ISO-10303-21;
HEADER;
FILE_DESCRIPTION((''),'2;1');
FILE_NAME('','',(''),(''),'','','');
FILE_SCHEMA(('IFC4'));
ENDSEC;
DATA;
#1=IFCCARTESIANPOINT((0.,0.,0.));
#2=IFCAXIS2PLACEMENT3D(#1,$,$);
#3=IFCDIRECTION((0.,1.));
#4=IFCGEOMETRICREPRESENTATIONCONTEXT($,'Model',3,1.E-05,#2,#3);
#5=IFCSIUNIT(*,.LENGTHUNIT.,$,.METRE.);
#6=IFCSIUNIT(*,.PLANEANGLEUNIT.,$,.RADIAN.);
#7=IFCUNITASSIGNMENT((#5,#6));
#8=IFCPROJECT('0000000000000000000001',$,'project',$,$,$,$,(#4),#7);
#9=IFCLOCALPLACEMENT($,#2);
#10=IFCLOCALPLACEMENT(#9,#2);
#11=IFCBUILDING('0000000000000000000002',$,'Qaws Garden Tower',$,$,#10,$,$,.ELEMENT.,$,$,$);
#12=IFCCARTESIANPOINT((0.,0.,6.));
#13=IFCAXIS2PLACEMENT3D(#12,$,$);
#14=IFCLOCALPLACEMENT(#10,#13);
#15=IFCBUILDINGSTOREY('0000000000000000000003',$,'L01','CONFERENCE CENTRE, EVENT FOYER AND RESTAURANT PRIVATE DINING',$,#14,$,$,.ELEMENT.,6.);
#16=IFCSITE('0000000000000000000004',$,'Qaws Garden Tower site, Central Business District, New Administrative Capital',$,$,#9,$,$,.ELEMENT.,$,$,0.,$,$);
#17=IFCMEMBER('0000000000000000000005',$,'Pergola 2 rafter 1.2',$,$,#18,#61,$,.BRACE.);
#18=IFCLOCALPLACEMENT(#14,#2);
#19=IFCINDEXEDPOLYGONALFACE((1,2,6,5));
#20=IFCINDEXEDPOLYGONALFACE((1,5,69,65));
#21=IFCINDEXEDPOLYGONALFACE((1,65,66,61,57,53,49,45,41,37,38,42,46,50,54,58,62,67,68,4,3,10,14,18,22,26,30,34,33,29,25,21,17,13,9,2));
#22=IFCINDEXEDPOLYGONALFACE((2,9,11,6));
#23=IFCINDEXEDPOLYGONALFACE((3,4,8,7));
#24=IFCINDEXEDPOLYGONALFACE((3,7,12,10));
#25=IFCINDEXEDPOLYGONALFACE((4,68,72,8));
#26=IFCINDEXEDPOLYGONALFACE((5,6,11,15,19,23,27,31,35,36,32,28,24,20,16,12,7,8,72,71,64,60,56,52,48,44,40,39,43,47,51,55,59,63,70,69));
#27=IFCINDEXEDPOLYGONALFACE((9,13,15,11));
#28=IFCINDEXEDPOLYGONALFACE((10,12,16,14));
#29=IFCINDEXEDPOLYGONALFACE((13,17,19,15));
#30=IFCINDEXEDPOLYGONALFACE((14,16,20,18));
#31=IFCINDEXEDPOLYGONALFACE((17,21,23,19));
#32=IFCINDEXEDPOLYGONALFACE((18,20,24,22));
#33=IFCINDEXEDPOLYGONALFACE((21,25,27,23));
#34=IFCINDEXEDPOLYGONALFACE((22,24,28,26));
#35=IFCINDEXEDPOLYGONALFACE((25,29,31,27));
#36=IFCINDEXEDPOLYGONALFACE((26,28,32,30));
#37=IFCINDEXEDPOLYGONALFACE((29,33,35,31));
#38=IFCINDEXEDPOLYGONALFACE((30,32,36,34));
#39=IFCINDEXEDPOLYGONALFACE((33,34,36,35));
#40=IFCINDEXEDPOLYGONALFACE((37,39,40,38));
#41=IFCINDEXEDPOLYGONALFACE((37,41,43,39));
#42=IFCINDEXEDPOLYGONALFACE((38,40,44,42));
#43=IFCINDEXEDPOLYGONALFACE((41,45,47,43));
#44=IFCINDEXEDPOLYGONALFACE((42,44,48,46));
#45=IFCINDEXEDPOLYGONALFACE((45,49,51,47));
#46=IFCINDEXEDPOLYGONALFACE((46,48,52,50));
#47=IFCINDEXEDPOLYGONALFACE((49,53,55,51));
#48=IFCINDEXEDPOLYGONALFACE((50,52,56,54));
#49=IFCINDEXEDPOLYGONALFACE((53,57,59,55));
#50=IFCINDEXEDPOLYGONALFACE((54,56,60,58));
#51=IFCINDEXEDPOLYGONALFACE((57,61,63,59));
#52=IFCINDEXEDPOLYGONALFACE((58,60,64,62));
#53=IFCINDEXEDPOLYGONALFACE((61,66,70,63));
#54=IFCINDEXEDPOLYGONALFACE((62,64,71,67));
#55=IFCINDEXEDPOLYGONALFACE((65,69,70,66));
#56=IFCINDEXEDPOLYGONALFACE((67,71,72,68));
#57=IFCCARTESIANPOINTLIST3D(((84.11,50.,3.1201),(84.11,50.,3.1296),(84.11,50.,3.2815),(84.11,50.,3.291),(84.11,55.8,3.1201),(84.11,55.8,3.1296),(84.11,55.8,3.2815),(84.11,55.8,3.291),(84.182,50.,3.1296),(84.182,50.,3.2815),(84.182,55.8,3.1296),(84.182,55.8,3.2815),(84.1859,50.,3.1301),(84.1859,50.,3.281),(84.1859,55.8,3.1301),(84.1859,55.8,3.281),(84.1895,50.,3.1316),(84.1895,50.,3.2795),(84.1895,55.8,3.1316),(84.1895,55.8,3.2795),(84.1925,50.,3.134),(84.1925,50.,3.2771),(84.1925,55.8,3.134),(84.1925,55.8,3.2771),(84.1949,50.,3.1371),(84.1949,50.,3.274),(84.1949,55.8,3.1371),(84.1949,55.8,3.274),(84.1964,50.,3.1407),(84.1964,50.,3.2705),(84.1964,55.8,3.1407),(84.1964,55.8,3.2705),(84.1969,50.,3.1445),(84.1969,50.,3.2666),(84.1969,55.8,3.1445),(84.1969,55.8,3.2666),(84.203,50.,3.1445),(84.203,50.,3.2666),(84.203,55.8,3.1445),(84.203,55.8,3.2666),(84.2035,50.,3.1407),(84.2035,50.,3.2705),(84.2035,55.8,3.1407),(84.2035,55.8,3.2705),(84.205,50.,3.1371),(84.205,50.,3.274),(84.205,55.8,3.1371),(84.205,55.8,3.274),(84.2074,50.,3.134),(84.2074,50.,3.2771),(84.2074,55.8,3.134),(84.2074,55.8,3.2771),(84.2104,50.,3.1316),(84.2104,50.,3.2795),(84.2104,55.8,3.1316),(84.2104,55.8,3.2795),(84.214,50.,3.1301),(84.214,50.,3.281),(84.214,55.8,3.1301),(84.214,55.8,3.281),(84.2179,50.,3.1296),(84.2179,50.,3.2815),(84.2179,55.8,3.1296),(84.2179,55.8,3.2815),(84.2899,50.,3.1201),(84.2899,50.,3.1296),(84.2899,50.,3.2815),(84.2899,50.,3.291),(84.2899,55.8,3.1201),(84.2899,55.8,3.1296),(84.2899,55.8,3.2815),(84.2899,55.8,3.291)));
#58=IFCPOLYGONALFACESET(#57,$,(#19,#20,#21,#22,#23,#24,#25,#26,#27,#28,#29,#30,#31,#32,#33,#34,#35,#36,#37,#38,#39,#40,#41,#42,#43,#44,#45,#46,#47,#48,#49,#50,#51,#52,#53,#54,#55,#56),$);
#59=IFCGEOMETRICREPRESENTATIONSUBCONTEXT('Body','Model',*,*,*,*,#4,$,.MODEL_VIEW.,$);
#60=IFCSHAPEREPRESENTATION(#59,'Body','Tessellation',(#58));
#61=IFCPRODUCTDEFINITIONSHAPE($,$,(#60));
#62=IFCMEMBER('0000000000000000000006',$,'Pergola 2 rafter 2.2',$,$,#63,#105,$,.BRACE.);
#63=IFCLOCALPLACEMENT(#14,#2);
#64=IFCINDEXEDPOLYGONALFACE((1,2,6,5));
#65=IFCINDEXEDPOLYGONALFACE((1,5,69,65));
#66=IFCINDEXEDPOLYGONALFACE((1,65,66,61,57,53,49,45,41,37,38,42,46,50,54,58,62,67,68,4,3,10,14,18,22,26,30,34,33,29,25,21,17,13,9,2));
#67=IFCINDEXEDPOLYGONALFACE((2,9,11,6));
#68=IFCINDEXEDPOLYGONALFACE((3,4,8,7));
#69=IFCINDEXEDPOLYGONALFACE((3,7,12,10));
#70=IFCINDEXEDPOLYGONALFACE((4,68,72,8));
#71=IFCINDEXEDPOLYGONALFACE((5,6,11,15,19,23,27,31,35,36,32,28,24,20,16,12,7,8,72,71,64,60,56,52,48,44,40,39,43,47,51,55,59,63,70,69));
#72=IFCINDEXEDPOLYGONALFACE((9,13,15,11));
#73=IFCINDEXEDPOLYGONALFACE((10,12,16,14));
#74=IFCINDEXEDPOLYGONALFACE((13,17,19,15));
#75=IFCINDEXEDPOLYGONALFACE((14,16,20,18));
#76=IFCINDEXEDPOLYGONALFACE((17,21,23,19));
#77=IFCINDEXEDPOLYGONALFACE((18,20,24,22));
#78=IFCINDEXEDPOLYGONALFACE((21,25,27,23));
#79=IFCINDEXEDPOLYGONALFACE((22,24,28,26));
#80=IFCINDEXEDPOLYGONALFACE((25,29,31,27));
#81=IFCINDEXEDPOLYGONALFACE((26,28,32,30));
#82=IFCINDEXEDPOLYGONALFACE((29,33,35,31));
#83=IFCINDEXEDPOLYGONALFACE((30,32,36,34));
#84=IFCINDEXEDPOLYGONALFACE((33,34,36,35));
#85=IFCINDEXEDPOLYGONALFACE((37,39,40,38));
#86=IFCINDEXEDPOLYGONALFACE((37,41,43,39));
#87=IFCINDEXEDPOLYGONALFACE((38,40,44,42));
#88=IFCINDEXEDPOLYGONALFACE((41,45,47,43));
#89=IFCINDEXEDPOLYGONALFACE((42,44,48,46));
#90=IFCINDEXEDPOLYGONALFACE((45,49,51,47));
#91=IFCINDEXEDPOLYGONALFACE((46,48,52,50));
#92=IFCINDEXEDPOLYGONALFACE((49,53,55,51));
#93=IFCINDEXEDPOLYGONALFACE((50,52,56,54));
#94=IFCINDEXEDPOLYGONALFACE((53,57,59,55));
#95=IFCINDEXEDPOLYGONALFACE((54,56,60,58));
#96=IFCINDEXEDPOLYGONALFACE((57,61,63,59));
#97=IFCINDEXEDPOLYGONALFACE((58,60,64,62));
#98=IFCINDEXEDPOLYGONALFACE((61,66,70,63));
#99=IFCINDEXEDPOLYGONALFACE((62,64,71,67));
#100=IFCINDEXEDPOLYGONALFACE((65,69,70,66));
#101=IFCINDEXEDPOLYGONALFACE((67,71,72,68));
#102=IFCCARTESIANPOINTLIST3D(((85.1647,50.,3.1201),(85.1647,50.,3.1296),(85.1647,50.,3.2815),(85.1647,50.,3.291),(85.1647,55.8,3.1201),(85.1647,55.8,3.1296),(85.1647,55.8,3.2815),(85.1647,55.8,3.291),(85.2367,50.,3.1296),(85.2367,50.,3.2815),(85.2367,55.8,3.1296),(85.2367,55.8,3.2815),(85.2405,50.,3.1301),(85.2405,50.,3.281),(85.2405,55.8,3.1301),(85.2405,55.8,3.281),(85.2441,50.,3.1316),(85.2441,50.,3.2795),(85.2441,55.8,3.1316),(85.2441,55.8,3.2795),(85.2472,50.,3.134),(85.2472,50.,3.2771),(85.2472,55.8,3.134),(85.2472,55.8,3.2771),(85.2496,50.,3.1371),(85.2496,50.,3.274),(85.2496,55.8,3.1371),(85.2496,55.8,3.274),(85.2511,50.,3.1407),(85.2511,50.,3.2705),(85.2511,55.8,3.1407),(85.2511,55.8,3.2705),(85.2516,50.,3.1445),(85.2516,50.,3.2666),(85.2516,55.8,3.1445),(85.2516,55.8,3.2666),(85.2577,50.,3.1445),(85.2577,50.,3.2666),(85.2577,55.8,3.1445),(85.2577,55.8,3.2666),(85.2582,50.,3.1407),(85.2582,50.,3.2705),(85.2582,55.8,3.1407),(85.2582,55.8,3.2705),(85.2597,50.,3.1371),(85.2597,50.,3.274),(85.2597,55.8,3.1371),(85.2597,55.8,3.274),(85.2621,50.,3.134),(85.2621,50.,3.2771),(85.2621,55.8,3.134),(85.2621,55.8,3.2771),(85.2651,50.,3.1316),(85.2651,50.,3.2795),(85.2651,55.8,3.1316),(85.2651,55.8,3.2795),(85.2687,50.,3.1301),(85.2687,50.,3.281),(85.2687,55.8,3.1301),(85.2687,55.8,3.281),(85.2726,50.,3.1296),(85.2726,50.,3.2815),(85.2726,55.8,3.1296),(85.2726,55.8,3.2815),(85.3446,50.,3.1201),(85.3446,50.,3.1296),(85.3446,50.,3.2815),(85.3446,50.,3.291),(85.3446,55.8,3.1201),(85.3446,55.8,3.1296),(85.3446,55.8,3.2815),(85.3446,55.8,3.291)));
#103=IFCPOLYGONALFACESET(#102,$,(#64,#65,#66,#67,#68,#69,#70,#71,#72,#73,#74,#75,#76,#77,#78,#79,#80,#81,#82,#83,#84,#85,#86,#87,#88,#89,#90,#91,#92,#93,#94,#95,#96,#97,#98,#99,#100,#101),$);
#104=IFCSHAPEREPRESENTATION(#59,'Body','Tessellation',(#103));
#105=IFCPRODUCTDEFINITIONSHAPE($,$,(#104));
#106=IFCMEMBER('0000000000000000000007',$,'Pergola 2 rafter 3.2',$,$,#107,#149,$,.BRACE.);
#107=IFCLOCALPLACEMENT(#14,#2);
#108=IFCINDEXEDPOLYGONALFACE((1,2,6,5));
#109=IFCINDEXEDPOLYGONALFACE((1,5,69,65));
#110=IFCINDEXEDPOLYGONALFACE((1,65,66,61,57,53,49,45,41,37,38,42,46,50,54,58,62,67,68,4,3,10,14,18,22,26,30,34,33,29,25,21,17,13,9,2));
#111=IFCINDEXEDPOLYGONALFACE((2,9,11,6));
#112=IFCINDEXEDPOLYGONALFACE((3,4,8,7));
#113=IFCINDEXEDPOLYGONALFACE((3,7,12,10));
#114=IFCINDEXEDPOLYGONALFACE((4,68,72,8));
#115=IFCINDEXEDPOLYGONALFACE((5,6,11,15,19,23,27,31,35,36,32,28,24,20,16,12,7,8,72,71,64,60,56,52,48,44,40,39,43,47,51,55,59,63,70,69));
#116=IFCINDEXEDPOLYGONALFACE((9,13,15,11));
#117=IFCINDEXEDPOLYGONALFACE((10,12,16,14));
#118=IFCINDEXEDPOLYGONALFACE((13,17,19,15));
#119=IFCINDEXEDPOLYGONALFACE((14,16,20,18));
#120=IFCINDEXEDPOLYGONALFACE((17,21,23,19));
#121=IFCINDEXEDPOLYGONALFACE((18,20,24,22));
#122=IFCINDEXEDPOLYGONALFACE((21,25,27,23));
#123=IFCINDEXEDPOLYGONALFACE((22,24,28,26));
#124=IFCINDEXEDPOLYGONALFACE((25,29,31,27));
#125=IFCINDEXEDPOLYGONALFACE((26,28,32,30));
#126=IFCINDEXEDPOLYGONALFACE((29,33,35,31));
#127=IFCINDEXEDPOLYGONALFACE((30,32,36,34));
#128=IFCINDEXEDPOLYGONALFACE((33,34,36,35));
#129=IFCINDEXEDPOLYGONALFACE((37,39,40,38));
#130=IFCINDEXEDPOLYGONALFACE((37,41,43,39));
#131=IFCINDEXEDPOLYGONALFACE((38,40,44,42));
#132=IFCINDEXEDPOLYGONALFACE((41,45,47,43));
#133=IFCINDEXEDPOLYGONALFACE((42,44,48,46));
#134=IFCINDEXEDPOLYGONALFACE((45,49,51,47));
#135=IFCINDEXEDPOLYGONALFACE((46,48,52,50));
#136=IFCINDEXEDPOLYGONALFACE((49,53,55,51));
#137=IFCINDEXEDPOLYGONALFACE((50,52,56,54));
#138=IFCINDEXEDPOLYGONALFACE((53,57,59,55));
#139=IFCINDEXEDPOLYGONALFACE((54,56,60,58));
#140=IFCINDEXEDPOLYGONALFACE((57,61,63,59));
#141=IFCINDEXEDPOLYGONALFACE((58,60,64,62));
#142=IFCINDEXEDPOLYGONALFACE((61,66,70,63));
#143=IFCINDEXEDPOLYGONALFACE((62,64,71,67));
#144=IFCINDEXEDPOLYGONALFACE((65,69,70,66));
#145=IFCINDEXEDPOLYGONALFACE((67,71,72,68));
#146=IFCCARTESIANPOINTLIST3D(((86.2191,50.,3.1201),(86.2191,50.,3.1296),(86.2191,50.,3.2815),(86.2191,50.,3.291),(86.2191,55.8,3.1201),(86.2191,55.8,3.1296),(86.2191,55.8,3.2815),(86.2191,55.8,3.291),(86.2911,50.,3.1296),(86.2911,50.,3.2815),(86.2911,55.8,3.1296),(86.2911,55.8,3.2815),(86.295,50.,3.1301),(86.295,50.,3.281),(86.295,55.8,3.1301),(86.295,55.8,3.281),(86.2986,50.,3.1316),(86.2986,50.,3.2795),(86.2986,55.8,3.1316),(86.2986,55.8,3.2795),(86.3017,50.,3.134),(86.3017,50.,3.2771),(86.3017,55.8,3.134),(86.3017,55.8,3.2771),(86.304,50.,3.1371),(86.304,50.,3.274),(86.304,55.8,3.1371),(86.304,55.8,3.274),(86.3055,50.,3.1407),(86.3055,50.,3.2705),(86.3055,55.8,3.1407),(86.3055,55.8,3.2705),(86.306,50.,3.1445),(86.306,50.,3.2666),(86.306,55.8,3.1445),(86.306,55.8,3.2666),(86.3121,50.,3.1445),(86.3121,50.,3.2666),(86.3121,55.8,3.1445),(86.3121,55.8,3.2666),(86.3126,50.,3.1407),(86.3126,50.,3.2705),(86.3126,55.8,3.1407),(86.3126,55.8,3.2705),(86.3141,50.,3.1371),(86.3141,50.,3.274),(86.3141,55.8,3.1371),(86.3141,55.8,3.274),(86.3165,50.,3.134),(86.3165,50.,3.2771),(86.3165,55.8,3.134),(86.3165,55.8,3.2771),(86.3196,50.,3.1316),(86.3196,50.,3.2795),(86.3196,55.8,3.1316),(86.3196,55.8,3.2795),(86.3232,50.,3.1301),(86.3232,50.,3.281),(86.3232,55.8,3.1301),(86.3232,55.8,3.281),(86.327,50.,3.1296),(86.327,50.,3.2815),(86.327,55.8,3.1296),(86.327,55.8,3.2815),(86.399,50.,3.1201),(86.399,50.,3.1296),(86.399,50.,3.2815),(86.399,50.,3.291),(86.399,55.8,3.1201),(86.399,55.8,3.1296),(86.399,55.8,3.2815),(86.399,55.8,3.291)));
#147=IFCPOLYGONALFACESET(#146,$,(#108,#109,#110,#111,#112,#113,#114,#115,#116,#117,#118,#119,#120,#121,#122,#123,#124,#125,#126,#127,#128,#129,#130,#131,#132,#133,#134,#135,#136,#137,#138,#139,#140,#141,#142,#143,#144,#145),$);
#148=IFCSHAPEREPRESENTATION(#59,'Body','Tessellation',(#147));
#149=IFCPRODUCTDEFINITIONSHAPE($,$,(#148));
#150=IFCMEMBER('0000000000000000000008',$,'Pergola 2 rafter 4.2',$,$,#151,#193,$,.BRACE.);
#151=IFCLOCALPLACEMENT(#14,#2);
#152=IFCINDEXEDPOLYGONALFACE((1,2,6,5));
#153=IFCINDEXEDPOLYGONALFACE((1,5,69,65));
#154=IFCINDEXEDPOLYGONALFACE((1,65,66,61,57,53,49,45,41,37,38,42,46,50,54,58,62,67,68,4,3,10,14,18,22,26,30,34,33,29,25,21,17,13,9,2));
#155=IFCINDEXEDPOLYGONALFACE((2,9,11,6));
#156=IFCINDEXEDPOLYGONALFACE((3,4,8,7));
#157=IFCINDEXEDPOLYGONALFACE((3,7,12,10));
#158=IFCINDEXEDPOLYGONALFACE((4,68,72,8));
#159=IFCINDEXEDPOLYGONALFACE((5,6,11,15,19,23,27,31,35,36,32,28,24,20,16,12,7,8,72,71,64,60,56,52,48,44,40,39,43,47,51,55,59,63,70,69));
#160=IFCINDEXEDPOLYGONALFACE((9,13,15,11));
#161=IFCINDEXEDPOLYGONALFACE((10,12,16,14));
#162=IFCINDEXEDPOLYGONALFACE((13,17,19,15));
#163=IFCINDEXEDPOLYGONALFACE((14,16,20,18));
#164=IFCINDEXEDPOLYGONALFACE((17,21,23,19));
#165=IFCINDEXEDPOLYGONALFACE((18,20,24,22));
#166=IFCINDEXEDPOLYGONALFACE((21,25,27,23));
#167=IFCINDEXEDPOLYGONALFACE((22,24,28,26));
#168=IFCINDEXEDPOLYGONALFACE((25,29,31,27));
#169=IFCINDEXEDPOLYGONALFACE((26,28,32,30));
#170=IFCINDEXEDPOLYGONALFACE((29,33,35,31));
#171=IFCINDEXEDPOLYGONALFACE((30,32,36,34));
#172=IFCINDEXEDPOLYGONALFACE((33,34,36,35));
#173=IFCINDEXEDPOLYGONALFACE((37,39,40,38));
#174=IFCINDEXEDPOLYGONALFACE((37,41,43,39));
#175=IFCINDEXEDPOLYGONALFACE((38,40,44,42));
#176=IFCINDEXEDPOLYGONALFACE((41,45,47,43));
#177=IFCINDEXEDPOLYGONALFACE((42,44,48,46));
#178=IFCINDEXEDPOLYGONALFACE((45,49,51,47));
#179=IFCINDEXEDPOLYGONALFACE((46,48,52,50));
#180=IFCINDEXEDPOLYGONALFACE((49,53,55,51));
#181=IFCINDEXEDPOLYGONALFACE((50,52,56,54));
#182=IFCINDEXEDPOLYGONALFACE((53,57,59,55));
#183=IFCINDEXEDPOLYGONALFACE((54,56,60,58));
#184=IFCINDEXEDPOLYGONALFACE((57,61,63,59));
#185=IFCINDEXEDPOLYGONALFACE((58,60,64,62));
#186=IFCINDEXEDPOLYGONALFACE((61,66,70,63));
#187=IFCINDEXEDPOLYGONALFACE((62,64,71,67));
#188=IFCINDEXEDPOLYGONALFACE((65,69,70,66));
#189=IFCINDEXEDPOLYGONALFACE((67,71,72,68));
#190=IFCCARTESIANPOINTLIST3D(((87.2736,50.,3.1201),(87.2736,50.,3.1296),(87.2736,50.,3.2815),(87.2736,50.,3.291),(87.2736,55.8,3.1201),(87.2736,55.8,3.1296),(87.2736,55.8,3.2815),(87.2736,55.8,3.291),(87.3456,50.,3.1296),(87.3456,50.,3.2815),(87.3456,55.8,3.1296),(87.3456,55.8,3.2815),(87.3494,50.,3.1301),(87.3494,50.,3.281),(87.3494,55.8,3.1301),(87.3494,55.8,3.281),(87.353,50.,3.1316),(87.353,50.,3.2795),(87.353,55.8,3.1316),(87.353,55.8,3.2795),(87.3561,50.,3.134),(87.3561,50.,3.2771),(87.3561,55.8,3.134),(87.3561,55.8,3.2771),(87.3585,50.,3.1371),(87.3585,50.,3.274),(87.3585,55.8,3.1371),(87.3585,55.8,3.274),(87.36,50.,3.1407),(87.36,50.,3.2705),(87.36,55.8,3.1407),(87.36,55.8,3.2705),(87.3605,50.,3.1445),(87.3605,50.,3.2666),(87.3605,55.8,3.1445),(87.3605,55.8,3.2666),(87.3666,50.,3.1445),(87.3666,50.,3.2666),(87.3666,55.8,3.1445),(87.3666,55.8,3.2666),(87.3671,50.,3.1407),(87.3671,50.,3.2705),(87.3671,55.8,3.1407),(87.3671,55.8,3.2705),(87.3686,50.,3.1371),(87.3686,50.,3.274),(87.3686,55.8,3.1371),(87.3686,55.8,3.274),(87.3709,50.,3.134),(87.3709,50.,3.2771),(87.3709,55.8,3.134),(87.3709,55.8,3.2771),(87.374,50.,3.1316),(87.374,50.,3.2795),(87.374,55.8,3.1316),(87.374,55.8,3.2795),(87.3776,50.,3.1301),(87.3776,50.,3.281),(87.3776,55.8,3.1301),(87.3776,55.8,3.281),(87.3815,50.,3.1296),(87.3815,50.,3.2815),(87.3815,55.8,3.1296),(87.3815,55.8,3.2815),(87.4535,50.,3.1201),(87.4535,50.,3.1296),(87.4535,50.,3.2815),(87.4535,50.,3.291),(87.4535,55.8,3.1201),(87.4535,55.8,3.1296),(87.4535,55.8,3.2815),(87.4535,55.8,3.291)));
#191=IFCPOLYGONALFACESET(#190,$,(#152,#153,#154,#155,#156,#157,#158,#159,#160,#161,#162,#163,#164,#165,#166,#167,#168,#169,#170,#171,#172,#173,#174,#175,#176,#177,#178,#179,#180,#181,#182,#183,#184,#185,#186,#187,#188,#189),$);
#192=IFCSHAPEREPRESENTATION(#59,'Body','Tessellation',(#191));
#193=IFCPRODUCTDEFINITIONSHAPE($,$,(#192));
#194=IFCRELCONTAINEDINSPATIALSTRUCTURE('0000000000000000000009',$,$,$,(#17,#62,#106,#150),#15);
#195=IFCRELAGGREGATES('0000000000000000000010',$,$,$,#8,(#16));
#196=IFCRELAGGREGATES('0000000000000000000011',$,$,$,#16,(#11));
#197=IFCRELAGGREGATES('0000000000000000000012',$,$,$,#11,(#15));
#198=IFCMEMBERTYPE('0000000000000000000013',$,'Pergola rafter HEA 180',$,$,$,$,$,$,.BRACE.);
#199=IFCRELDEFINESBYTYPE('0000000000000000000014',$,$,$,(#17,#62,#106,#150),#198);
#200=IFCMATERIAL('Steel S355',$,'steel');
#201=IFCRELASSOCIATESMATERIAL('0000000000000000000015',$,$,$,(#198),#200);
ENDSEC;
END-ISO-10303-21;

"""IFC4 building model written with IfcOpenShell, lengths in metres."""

from ifc_helpers import new_model, si_unit, direction, frame, origin, origin_2d, place, context, subcontext, project, spatial, i_section, extrude, material, material_profile, profile_set, type_object, element, save


model = new_model("IFC4")

# Units and contexts
model_context = context("Model", 3, precision=1e-05, world=origin(), true_north=direction((0.0, 1.0)))
body_context = subcontext(model_context, "Body", "Model", "MODEL_VIEW")
ifc_project = project(units=[si_unit("LENGTHUNIT", "METRE"), si_unit("PLANEANGLEUNIT", "RADIAN")], contexts=[model_context])

# Site, building, storey
site_placement = place(None, origin())
site = spatial("IfcSite", under=ifc_project, at=site_placement, Name="Qaws Garden Tower site, Central Business District, New Administrative Capital", CompositionType="ELEMENT", RefElevation=0.0)
building_placement = place(site_placement, origin())
building = spatial("IfcBuilding", under=site, at=building_placement, Name="Qaws Garden Tower", CompositionType="ELEMENT")
storey_placement = place(building_placement, frame((0.0, 0.0, 6.0)))
storey = spatial("IfcBuildingStorey", under=building, at=storey_placement, Name="L01", Description="CONFERENCE CENTRE, EVENT FOYER AND RESTAURANT PRIVATE DINING", CompositionType="ELEMENT", Elevation=6.0)

# Members
ifc_material_1 = material(Name="Steel S355", Category="steel")
ifc_material_profile_1 = material_profile(ifc_material_1, i_section(OverallWidth=0.1799, OverallDepth=0.1709, WebThickness=0.0061, FlangeThickness=0.0095, FilletRadius=0.0149, at=origin_2d()), Name="HEA 180")
ifc_profile_set_1 = profile_set([ifc_material_profile_1], Name="Steel S355")
member_type = type_object("IfcMemberType", Name="Pergola rafter HEA 180", PredefinedType="BRACE", material=ifc_profile_set_1)
for number, where, z_axis, x_axis, name in (
    (1, (84.2, 50.0, 3.2056), (0.0, 1.0, 0.0), (-1.0, 0.0, 0.0), "Pergola 2 rafter 1.2"),
    (2, (85.2546, 50.0, 3.2056), (0.0, 1.0, 0.0), (-1.0, 0.0, 0.0), "Pergola 2 rafter 2.2"),
    (3, (86.3091, 50.0, 3.2056), (0.0, 1.0, 0.0), (-1.0, 0.0, 0.0), "Pergola 2 rafter 3.2"),
    (4, (87.3635, 50.0, 3.2056), (0.0, 1.0, 0.0), (-1.0, 0.0, 0.0), "Pergola 2 rafter 4.2"),
):
    element("IfcMember", number, at=place(storey_placement, frame(where, z_axis=z_axis, x_axis=x_axis)), inside=storey, type_object=member_type, Name=name, PredefinedType="BRACE", context=body_context, shape_type="SweptSolid", body=[
        extrude(i_section(OverallWidth=0.1799, OverallDepth=0.1709, WebThickness=0.0061, FlangeThickness=0.0095, FilletRadius=0.0149, at=origin_2d()), origin(), (0.0, 0.0, 1.0), 5.8),
    ])

save(model, "model.ifc")
